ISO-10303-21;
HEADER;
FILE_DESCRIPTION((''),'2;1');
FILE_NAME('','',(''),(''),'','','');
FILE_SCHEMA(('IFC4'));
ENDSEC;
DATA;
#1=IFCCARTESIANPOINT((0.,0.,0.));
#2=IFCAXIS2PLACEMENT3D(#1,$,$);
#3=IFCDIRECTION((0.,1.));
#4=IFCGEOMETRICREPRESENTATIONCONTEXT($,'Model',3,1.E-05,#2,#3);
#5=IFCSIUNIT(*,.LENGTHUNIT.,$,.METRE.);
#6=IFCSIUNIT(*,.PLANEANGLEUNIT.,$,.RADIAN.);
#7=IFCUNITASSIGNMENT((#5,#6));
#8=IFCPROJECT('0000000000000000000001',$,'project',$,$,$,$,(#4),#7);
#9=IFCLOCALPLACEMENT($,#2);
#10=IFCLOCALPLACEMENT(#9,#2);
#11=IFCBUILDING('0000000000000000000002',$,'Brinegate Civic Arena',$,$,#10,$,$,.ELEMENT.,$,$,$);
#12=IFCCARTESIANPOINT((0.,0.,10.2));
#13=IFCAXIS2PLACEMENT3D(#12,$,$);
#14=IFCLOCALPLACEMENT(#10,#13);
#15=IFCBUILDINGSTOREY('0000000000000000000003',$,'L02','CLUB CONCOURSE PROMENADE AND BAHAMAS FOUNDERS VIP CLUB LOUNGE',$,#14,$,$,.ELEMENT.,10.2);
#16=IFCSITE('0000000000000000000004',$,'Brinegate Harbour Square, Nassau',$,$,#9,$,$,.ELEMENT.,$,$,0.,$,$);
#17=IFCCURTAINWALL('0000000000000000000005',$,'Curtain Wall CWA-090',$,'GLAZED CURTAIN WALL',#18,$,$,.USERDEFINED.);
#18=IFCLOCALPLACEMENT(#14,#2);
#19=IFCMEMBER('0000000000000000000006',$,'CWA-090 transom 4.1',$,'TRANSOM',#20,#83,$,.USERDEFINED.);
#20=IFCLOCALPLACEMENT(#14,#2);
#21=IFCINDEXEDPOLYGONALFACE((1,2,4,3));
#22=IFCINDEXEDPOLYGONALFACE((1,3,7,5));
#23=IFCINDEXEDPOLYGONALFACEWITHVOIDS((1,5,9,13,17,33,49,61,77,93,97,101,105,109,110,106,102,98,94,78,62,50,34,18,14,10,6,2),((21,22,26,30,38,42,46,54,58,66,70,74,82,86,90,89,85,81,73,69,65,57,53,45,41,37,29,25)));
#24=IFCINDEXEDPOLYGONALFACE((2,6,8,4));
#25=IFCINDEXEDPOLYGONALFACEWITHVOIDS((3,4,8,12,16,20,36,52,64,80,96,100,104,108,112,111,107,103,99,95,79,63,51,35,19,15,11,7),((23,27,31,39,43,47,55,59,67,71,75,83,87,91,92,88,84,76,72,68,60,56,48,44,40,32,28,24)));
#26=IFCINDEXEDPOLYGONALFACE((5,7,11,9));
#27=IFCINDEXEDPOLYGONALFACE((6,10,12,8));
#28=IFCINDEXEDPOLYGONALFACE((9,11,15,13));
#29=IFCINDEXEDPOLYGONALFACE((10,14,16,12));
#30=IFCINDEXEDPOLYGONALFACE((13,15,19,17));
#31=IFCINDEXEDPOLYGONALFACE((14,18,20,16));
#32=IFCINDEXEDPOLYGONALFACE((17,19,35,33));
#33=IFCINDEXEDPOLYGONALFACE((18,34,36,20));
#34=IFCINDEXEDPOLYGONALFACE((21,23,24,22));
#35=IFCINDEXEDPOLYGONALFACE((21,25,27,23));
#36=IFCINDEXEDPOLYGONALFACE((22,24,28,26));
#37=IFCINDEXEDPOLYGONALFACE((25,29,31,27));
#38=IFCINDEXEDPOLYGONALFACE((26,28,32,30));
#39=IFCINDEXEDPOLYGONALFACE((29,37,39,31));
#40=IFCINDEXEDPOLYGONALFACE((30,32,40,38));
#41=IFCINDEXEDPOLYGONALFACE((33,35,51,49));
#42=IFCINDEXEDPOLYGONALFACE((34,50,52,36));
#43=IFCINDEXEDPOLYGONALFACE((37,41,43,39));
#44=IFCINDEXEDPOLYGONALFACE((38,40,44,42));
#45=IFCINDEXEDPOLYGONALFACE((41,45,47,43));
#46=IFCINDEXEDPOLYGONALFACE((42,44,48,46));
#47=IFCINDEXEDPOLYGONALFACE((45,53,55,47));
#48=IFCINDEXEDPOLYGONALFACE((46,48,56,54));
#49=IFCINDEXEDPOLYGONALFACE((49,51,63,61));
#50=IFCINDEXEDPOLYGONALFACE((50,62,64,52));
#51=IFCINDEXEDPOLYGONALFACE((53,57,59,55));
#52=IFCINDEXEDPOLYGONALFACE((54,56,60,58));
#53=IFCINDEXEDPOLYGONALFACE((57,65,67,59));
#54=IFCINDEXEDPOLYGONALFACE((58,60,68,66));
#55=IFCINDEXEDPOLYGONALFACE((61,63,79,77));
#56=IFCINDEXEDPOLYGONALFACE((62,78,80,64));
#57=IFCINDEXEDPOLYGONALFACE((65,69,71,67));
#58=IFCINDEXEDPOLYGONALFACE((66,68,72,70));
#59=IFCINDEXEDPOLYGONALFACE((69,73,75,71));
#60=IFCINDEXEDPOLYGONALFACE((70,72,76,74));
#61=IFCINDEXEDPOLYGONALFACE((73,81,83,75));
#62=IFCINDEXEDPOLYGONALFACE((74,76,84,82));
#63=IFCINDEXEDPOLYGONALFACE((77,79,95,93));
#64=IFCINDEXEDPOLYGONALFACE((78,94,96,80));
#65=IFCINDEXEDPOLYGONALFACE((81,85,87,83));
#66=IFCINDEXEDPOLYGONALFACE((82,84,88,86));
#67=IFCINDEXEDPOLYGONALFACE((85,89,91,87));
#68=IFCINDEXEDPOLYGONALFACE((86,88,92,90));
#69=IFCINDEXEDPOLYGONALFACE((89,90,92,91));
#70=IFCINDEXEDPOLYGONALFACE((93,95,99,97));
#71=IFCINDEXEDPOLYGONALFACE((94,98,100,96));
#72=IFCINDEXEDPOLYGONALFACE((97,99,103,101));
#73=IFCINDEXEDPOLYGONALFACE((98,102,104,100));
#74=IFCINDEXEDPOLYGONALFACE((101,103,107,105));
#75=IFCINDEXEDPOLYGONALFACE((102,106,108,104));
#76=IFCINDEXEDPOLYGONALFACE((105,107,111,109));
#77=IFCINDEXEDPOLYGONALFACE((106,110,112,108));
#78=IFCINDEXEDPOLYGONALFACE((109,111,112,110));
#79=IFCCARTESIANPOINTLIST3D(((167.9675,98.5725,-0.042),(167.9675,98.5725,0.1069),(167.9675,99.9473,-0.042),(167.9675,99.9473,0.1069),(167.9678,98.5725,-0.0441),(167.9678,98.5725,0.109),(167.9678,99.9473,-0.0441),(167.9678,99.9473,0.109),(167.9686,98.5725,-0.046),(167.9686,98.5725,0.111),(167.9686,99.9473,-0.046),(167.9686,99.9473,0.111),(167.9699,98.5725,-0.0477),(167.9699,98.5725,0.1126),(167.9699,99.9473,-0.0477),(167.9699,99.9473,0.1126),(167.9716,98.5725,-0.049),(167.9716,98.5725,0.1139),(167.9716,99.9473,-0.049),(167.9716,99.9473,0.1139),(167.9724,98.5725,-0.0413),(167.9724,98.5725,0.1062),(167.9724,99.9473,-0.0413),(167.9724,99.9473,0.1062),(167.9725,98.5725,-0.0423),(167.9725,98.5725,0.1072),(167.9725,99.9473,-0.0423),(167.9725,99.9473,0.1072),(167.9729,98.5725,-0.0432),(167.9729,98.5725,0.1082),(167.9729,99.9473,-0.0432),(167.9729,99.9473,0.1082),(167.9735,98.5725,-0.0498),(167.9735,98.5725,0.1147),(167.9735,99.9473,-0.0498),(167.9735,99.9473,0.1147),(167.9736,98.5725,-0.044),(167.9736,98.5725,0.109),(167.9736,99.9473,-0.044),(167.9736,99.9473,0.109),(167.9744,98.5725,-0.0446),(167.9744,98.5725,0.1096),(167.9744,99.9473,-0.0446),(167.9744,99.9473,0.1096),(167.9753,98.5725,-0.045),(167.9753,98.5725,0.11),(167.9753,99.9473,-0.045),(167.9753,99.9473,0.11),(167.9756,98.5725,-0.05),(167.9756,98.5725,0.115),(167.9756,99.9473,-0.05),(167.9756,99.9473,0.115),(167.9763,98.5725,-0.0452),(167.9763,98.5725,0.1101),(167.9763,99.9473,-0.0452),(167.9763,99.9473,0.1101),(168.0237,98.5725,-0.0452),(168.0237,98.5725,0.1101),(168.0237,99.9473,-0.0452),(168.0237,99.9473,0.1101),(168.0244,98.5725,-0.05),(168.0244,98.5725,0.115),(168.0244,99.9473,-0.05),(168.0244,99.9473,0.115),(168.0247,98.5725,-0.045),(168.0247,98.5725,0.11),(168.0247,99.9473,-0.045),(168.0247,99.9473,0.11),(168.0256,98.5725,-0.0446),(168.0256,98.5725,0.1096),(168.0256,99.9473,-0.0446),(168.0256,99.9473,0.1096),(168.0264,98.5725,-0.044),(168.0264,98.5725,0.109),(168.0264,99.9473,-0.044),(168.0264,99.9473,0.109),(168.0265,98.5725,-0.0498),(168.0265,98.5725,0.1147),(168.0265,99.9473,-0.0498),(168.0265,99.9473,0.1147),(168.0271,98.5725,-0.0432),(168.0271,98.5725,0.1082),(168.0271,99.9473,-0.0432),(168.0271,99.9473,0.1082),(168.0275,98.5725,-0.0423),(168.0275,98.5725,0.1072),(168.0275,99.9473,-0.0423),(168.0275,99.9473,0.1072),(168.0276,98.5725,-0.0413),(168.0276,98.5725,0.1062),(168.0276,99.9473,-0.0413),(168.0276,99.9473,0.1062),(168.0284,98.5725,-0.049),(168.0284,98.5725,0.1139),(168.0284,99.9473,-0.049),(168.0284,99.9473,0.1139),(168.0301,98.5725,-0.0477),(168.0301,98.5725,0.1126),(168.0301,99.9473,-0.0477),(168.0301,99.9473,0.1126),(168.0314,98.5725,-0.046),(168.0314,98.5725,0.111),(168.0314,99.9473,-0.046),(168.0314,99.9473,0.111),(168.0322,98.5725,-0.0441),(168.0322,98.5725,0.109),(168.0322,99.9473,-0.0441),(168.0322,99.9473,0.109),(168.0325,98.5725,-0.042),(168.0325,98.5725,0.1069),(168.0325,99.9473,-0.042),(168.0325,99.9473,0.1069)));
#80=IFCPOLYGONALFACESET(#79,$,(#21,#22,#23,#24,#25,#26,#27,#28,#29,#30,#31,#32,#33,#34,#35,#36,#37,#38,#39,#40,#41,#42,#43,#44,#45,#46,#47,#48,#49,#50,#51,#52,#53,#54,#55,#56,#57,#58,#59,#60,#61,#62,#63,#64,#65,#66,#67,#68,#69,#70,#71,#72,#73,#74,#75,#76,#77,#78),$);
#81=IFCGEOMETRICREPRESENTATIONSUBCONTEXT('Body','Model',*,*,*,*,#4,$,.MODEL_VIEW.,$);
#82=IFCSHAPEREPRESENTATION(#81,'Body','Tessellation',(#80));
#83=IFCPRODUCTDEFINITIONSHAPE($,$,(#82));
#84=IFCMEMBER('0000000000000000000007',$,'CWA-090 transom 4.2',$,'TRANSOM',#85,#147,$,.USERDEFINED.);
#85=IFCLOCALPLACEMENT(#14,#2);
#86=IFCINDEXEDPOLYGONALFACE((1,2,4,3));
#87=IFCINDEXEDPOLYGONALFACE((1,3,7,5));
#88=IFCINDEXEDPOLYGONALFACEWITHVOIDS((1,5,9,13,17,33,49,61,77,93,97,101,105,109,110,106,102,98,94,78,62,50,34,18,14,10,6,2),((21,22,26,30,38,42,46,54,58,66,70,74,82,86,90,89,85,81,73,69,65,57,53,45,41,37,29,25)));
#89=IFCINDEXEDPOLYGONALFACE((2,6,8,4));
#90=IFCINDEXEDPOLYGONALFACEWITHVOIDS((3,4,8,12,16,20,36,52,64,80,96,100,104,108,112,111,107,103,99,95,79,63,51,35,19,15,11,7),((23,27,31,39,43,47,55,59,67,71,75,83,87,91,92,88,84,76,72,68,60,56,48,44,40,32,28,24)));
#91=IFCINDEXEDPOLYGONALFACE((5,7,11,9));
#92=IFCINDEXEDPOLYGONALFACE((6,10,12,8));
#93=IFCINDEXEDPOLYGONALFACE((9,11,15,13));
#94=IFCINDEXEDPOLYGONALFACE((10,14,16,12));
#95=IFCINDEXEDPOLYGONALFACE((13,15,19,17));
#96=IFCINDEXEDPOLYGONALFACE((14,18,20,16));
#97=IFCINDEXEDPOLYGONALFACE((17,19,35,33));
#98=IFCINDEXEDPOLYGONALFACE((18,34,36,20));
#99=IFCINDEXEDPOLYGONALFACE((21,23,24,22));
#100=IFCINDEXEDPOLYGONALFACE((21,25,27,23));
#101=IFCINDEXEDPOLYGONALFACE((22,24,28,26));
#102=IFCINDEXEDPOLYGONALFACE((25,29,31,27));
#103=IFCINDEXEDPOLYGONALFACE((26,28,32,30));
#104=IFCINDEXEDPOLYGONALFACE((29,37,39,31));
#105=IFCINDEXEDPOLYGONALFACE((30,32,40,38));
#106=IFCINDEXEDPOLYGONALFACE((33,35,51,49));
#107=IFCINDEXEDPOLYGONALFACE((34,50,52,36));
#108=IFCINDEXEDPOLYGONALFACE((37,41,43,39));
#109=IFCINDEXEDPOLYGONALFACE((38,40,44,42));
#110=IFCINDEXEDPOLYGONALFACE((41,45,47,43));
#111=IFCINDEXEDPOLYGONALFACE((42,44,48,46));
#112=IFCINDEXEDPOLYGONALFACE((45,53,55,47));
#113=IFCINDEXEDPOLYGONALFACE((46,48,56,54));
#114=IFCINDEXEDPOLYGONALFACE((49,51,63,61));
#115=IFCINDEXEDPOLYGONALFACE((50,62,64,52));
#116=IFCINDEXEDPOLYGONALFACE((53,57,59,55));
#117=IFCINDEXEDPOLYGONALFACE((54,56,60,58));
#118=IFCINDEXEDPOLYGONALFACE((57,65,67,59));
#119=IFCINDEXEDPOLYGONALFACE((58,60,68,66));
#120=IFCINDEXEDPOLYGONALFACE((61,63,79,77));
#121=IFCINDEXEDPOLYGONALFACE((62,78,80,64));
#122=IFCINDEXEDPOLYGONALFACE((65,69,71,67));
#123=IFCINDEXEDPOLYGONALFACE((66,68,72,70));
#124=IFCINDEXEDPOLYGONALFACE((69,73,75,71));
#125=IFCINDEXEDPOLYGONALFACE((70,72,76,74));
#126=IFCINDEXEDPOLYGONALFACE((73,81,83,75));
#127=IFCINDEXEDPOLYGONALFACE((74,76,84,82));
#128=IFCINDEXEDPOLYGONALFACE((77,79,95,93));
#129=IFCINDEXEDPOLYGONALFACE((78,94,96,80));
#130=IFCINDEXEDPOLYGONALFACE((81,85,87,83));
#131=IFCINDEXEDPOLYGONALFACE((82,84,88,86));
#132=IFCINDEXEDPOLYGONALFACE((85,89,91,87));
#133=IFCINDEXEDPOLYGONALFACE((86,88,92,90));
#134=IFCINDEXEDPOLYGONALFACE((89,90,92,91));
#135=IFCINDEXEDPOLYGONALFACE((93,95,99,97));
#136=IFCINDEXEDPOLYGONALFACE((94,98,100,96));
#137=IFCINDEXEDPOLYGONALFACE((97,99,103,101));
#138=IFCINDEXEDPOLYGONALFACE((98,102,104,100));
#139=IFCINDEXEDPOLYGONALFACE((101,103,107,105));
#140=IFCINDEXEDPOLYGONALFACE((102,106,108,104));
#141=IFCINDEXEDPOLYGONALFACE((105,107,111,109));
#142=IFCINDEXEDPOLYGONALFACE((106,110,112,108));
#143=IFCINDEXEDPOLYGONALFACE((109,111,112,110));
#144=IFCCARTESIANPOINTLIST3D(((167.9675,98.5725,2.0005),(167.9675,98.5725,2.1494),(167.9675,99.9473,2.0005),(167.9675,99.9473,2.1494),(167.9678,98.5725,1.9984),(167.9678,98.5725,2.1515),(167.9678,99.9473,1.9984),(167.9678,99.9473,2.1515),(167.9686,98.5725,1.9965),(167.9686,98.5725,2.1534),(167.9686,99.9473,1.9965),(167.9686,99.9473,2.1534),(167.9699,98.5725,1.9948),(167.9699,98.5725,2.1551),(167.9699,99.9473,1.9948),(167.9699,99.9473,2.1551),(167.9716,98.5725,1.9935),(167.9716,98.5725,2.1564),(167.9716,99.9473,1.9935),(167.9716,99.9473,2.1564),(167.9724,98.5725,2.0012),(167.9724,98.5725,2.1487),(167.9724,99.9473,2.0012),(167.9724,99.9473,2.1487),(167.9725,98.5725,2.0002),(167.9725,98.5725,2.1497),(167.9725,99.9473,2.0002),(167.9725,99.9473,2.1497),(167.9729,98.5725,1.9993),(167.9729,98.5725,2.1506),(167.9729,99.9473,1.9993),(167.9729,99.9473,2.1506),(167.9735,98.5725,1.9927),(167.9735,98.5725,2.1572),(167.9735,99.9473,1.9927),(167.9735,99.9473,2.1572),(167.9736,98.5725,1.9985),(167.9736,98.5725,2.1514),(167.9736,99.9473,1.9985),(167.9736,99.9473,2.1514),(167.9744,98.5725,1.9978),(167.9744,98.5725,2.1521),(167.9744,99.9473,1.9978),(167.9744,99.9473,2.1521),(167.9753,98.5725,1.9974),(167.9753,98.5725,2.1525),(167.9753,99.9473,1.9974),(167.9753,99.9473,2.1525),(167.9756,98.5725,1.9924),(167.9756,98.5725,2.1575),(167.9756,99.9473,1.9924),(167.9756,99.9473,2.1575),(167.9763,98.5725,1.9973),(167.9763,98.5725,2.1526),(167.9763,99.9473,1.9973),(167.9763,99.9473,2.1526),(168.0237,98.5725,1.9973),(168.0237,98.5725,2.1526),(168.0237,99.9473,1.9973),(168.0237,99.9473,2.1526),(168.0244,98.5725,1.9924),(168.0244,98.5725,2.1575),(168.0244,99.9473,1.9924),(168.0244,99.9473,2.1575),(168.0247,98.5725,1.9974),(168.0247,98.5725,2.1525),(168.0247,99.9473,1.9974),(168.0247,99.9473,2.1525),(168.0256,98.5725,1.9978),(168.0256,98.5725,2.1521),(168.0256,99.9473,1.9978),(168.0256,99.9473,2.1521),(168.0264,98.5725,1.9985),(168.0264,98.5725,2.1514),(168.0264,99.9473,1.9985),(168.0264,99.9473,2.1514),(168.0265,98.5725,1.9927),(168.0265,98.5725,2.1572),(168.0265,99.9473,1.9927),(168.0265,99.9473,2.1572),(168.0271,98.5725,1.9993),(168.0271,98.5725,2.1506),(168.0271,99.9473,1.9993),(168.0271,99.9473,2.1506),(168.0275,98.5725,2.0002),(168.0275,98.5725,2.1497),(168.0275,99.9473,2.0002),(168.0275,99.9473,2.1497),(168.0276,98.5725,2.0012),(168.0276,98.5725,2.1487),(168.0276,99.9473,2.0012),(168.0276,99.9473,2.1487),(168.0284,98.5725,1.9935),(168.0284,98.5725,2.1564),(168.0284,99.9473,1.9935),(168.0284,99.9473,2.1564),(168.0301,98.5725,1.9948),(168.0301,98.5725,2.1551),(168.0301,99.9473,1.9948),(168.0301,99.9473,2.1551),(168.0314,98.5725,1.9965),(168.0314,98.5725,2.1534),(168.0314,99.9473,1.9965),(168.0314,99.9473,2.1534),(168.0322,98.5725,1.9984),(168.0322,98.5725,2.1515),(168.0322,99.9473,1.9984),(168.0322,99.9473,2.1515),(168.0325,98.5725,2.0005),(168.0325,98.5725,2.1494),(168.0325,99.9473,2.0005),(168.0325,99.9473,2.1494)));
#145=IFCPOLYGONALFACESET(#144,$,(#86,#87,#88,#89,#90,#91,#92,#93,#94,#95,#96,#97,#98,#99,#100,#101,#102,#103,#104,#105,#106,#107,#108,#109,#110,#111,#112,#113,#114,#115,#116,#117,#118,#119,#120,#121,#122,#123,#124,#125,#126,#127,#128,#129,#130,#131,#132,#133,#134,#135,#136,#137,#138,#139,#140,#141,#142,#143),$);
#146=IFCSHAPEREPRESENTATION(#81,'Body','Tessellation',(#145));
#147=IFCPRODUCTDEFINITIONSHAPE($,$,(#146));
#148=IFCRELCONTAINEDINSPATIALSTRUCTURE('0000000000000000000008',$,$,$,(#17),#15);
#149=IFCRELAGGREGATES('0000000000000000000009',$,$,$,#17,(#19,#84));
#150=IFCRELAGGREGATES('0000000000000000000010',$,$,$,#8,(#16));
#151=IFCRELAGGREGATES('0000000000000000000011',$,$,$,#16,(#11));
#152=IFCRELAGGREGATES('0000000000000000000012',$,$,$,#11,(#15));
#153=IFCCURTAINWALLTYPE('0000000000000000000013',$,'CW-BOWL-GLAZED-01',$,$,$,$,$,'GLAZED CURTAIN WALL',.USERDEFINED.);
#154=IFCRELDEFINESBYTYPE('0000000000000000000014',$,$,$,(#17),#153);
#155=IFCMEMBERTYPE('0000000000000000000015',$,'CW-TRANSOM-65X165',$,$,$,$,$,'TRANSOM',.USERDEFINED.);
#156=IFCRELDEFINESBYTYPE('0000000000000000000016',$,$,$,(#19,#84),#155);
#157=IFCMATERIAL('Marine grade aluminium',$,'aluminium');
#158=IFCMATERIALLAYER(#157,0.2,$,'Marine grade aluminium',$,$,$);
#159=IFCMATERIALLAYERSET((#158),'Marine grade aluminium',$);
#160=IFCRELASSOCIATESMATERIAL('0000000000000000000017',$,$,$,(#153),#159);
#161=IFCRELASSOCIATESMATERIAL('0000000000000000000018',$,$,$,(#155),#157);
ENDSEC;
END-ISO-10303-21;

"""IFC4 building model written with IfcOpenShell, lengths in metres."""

from ifc_helpers import new_model, si_unit, direction, frame, origin, origin_2d, place, context, subcontext, project, spatial, hollow_rectangle, extrude, material, layer, layer_set, material_profile, profile_set, type_object, element, aggregate, save


model = new_model("IFC4")

# Units and contexts
model_context = context("Model", 3, precision=1e-05, world=origin(), true_north=direction((0.0, 1.0)))
body_context = subcontext(model_context, "Body", "Model", "MODEL_VIEW")
ifc_project = project(units=[si_unit("LENGTHUNIT", "METRE"), si_unit("PLANEANGLEUNIT", "RADIAN")], contexts=[model_context])

# Site, building, storey
site_placement = place(None, origin())
site = spatial("IfcSite", under=ifc_project, at=site_placement, Name="Brinegate Harbour Square, Nassau", CompositionType="ELEMENT", RefElevation=0.0)
building_placement = place(site_placement, origin())
building = spatial("IfcBuilding", under=site, at=building_placement, Name="Brinegate Civic Arena", CompositionType="ELEMENT")
storey_placement = place(building_placement, frame((0.0, 0.0, 10.2)))
storey = spatial("IfcBuildingStorey", under=building, at=storey_placement, Name="L02", Description="CLUB CONCOURSE PROMENADE AND BAHAMAS FOUNDERS VIP CLUB LOUNGE", CompositionType="ELEMENT", Elevation=10.2)

# Shared definitions
ifc_material_1 = material(Name="Marine grade aluminium", Category="aluminium")
ifc_layer_1 = layer(ifc_material_1, 0.2, Name="Marine grade aluminium")
ifc_layer_set_1 = layer_set([ifc_layer_1], Name="Marine grade aluminium")
curtain_wall_type = type_object("IfcCurtainWallType", Name="CW-BOWL-GLAZED-01", ElementType="GLAZED CURTAIN WALL", PredefinedType="USERDEFINED", material=ifc_layer_set_1)

# Curtain wall, members
curtain_wall_1_placement = place(storey_placement, origin())
curtain_wall_1 = element("IfcCurtainWall", 1, at=curtain_wall_1_placement, inside=storey, type_object=curtain_wall_type, Name="Curtain Wall CWA-090", ObjectType="GLAZED CURTAIN WALL", PredefinedType="USERDEFINED")
ifc_material_profile_1 = material_profile(ifc_material_1, hollow_rectangle(XDim=0.0649, YDim=0.165, WallThickness=0.0049, InnerFilletRadius=0.0039, OuterFilletRadius=0.0081, at=origin_2d()), Name="TRN65X165")
ifc_profile_set_1 = profile_set([ifc_material_profile_1], Name="Marine grade aluminium")
member_type_1 = type_object("IfcMemberType", Name="CW-TRANSOM-65X165", ElementType="TRANSOM", PredefinedType="USERDEFINED", material=ifc_profile_set_1)
member_1_placement = place(storey_placement, frame((168.0, 98.5725, 0.0325), z_axis=(0.0, 1.0, 0.0), x_axis=(-1.0, 0.0, 0.0)))
member_1 = element("IfcMember", 2, at=member_1_placement, type_object=member_type_1, Name="CWA-090 transom 4.1", ObjectType="TRANSOM", PredefinedType="USERDEFINED", context=body_context, shape_type="SweptSolid", body=[
    extrude(hollow_rectangle(XDim=0.0649, YDim=0.165, WallThickness=0.0049, InnerFilletRadius=0.0039, OuterFilletRadius=0.0081, at=origin_2d()), origin(), (0.0, 0.0, 1.0), 1.3748),
])
member_2_placement = place(storey_placement, frame((168.0, 98.5725, 2.075), z_axis=(0.0, 1.0, 0.0), x_axis=(-1.0, 0.0, 0.0)))
member_2 = element("IfcMember", 3, at=member_2_placement, type_object=member_type_1, Name="CWA-090 transom 4.2", ObjectType="TRANSOM", PredefinedType="USERDEFINED", context=body_context, shape_type="SweptSolid", body=[
    extrude(hollow_rectangle(XDim=0.0649, YDim=0.165, WallThickness=0.0049, InnerFilletRadius=0.0039, OuterFilletRadius=0.0081, at=origin_2d()), origin(), (0.0, 0.0, 1.0), 1.3748),
])

aggregate(curtain_wall_1, [member_1, member_2])

save(model, "model.ifc")
